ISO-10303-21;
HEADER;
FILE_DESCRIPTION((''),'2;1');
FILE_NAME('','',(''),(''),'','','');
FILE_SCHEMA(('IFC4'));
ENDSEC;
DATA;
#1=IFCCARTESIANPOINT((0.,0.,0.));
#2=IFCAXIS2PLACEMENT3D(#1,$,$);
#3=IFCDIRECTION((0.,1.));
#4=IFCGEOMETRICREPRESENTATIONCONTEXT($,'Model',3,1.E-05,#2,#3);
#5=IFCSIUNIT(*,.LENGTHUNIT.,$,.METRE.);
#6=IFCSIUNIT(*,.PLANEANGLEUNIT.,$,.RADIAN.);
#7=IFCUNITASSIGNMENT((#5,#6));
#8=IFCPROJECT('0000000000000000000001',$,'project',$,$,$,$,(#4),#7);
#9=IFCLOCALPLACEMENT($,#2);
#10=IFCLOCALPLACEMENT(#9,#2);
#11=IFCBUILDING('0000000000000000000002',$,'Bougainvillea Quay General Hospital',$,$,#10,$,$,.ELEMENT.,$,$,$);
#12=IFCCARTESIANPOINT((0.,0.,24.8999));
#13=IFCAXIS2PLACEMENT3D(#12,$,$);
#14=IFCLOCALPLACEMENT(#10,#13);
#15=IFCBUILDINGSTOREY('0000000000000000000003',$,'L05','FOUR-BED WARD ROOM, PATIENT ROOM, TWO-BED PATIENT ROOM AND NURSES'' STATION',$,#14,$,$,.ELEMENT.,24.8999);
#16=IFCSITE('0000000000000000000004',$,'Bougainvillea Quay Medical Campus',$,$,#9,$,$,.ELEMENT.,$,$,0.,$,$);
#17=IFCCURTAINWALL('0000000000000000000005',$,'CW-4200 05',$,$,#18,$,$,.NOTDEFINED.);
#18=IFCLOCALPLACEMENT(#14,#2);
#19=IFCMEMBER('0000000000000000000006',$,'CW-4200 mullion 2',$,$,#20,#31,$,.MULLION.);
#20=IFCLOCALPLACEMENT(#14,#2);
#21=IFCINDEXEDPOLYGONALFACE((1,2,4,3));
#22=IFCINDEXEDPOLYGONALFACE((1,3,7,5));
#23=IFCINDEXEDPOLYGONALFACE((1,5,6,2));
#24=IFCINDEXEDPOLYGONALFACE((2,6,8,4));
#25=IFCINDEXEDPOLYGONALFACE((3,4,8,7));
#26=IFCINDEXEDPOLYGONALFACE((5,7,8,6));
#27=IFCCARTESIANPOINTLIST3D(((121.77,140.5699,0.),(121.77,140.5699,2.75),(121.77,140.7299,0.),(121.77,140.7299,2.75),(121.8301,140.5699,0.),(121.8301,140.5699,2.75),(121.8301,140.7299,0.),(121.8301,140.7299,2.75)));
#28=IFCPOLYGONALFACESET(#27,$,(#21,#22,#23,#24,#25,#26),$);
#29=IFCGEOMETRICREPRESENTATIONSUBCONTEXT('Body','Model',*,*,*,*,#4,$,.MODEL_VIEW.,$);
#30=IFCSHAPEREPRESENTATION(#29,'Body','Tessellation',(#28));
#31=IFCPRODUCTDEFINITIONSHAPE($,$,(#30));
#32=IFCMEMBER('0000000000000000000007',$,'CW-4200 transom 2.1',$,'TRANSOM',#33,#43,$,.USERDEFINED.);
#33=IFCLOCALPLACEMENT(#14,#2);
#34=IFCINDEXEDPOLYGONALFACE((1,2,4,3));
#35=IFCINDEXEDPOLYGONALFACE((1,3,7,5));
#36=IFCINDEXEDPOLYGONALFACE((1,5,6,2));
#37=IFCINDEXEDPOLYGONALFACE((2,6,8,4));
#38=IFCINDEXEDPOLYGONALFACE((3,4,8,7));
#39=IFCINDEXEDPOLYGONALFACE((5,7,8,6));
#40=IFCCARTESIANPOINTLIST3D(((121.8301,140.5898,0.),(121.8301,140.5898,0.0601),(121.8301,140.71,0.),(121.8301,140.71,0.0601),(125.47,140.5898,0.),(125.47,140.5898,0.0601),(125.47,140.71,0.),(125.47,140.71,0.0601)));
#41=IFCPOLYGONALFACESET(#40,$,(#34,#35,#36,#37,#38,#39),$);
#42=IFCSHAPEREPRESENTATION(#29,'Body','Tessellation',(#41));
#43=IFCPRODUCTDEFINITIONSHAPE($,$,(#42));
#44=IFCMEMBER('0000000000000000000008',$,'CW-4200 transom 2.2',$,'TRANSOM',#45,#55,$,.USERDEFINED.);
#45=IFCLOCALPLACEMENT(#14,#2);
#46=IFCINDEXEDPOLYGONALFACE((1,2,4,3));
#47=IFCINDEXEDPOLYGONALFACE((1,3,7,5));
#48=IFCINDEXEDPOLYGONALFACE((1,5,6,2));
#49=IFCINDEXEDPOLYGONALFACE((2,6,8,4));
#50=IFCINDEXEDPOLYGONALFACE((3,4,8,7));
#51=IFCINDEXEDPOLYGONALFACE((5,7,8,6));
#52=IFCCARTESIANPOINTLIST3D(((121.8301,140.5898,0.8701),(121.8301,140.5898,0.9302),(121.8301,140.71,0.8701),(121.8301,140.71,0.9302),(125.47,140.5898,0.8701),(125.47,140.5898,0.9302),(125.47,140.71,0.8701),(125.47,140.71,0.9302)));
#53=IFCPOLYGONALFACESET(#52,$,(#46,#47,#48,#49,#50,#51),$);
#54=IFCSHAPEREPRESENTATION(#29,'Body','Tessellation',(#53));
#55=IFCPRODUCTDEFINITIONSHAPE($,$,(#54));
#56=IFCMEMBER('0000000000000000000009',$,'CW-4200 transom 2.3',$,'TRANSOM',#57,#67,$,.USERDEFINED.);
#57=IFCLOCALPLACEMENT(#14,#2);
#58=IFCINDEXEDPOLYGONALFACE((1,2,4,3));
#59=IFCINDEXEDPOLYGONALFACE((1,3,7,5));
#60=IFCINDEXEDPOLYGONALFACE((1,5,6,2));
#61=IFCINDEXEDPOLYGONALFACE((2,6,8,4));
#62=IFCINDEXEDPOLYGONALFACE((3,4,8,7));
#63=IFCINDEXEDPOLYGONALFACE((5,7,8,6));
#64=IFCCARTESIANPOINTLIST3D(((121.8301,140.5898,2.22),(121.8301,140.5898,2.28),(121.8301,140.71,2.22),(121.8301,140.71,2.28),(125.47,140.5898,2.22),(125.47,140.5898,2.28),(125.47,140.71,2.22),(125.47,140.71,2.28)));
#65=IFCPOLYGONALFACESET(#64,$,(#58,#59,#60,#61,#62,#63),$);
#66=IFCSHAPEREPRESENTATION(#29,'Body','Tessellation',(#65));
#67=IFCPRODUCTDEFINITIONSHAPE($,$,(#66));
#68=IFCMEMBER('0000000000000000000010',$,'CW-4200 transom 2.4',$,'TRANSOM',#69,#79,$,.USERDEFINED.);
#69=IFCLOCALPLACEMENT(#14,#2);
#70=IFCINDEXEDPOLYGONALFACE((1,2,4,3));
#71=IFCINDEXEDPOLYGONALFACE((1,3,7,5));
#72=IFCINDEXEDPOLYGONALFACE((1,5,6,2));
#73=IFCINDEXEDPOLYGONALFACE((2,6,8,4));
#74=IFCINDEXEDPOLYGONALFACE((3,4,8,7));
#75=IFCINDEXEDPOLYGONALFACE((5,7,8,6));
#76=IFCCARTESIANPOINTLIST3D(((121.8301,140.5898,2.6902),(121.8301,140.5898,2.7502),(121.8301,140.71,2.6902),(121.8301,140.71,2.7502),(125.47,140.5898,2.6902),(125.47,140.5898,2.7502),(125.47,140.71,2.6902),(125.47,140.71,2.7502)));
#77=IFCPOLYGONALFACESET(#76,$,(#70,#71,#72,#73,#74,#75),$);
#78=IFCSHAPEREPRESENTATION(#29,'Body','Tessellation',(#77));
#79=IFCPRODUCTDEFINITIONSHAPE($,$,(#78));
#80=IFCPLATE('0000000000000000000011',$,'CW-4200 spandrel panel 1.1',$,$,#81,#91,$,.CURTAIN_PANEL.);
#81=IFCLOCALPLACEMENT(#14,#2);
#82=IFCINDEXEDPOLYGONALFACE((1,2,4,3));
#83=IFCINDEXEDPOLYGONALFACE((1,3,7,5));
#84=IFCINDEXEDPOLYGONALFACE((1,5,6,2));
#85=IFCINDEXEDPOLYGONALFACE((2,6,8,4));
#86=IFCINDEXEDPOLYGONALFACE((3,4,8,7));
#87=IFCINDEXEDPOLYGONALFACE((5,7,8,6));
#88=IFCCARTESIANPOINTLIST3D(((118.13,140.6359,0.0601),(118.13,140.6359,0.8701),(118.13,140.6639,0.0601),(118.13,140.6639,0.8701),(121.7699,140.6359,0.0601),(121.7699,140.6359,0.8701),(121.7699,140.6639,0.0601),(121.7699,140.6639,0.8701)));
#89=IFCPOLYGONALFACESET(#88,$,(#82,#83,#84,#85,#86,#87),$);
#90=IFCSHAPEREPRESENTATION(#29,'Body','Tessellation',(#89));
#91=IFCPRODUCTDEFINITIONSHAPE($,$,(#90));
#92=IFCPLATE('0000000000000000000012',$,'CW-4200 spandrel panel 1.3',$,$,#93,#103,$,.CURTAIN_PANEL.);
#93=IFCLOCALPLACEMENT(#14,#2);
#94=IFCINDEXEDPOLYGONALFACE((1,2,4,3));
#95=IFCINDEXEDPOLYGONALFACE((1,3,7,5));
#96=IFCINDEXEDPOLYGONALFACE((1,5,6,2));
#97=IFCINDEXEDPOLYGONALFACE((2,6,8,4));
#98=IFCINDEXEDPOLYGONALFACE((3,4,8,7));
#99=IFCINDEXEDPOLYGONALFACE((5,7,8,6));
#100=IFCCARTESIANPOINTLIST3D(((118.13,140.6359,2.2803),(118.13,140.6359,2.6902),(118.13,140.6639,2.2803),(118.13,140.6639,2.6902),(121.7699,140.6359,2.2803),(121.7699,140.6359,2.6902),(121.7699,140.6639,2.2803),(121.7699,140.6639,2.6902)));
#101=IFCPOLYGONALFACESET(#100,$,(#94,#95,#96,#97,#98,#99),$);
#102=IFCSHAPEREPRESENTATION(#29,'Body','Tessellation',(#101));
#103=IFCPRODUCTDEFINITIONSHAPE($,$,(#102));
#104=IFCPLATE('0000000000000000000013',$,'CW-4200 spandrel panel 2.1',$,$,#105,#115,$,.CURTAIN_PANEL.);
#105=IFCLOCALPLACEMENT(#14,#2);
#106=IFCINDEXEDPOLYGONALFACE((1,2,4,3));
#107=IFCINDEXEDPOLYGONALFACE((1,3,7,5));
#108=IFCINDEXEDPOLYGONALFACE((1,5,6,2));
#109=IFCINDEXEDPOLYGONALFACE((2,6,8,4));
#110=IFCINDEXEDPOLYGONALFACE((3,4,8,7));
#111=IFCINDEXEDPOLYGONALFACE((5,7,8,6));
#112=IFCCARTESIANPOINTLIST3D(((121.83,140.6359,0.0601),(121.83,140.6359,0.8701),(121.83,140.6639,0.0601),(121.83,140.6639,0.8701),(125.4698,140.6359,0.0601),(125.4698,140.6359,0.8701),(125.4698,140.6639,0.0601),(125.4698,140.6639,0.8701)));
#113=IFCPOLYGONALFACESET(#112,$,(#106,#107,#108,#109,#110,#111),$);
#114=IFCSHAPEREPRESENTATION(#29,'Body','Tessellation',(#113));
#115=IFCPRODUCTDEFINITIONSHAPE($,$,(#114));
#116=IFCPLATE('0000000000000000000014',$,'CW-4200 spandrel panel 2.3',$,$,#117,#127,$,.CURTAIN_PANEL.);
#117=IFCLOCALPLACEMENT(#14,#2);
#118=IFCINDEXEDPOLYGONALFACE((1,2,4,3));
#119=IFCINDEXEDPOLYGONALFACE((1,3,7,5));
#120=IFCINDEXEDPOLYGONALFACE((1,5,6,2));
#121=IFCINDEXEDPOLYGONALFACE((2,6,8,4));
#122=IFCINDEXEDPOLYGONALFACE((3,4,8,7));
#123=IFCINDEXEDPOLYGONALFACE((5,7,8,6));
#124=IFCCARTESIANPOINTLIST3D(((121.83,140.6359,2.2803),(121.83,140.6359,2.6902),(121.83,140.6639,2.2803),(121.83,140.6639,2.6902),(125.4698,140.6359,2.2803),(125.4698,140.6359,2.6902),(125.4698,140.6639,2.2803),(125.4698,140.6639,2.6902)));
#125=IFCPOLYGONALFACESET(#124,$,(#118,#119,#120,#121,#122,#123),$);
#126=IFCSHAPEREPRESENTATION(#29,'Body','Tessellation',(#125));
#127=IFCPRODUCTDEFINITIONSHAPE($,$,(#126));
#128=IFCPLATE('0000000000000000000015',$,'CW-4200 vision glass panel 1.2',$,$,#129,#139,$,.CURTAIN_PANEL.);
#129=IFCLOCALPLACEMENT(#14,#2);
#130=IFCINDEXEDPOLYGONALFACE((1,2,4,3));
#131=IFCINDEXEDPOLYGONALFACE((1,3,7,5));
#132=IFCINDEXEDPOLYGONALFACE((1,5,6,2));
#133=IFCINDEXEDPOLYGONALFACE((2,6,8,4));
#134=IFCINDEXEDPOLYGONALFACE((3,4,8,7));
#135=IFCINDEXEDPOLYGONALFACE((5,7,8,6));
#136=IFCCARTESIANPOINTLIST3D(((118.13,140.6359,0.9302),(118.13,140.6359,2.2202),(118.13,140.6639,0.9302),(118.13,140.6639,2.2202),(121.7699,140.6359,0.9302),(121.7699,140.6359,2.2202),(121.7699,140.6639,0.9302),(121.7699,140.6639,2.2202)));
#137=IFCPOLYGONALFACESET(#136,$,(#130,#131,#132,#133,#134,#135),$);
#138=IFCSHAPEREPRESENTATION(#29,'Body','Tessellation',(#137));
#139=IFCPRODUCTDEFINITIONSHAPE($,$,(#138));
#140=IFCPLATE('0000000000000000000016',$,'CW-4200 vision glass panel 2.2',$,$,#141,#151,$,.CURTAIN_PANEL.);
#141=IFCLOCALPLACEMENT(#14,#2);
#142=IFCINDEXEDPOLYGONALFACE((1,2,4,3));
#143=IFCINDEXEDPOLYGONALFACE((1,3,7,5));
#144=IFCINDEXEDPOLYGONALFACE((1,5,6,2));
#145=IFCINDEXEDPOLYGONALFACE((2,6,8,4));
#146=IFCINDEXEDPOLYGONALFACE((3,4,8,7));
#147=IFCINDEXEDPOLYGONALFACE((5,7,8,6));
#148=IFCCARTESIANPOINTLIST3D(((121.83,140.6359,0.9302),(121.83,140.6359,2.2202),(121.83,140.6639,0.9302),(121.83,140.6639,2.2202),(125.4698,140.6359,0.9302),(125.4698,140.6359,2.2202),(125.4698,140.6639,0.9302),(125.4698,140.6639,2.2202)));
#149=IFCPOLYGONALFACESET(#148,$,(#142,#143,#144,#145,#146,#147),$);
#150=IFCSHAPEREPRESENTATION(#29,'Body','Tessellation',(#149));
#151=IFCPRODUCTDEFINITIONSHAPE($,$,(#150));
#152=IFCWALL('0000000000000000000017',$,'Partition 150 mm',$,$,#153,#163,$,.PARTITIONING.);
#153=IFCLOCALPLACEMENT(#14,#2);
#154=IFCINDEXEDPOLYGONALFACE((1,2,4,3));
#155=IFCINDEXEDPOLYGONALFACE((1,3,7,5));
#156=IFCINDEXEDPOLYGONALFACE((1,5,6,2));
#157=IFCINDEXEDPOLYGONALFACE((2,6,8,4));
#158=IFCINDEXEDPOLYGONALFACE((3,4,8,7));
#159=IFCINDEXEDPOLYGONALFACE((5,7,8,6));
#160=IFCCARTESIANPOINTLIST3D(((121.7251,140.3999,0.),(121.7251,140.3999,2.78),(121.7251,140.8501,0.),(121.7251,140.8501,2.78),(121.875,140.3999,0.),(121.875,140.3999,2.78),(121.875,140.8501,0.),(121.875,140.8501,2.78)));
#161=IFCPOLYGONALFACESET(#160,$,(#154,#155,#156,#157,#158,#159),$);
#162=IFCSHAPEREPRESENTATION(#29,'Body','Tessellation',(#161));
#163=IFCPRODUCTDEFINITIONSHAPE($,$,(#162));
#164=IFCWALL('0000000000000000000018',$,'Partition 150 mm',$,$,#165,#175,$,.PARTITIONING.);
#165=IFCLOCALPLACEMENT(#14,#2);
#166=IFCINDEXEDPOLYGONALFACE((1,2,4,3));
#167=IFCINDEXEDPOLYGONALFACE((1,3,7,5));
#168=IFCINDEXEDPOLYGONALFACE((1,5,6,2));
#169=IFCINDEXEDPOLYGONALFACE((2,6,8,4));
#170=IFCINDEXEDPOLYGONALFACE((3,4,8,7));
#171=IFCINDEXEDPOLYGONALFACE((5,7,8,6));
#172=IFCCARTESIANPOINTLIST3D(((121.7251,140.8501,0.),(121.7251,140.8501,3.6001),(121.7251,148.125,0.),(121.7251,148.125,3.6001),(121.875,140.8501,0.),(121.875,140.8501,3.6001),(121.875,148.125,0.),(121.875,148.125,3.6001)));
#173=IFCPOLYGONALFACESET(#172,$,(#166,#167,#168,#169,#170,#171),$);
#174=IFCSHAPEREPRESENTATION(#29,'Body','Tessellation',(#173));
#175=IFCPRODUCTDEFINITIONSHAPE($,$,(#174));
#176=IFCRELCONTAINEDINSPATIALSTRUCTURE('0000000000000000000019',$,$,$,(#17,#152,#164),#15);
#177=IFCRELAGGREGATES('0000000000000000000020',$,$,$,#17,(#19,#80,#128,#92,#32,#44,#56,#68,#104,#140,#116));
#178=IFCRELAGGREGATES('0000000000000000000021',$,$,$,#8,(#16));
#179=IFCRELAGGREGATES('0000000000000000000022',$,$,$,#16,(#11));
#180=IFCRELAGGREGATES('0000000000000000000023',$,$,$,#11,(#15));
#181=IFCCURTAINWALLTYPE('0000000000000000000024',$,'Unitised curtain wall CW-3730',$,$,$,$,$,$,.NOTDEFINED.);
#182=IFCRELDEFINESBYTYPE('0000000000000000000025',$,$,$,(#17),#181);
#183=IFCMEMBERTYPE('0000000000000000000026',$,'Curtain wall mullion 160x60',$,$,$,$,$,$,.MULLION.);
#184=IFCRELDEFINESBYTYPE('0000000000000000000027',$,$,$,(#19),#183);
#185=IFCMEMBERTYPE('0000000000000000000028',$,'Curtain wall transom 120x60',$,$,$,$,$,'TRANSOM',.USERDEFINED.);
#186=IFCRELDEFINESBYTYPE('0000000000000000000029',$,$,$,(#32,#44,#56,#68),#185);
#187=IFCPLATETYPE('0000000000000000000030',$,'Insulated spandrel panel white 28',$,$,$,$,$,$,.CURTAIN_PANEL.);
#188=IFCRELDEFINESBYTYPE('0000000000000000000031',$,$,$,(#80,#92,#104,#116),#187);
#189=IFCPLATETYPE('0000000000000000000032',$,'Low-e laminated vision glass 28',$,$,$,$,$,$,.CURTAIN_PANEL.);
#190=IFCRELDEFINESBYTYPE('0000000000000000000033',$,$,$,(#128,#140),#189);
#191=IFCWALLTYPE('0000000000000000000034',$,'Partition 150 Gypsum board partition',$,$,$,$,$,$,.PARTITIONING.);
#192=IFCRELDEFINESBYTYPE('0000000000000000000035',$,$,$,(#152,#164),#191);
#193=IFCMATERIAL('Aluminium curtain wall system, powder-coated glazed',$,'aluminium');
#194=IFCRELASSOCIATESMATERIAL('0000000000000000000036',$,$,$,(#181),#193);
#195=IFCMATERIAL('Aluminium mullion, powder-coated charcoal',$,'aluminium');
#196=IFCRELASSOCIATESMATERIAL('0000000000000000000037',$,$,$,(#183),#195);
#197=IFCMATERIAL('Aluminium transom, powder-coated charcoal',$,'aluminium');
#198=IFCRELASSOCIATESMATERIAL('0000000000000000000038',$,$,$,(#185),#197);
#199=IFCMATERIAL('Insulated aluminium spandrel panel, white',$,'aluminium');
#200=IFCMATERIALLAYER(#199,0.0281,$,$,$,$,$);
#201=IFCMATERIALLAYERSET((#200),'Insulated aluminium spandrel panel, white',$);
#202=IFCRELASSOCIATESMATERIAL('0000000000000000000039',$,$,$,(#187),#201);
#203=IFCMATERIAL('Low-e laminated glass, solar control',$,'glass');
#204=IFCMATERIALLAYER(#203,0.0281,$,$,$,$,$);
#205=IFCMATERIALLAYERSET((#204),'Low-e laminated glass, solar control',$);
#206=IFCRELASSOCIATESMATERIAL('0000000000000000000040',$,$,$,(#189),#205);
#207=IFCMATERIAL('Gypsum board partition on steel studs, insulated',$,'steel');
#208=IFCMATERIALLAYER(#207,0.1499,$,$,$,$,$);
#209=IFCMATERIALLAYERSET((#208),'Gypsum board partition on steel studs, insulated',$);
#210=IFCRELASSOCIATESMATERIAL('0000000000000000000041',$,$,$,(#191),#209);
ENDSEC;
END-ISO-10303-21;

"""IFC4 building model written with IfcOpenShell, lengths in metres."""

from ifc_helpers import new_model, si_unit, direction, frame, frame_2d, origin, origin_2d, place, context, subcontext, project, spatial, rectangle, extrude, material, layer, layer_set, material_profile, profile_set, type_object, element, aggregate, save


model = new_model("IFC4")

# Units and contexts
model_context = context("Model", 3, precision=1e-05, world=origin(), true_north=direction((0.0, 1.0)))
body_context = subcontext(model_context, "Body", "Model", "MODEL_VIEW")
ifc_project = project(units=[si_unit("LENGTHUNIT", "METRE"), si_unit("PLANEANGLEUNIT", "RADIAN")], contexts=[model_context])

# Site, building, storey
site_placement = place(None, origin())
site = spatial("IfcSite", under=ifc_project, at=site_placement, Name="Bougainvillea Quay Medical Campus", CompositionType="ELEMENT", RefElevation=0.0)
building_placement = place(site_placement, origin())
building = spatial("IfcBuilding", under=site, at=building_placement, Name="Bougainvillea Quay General Hospital", CompositionType="ELEMENT")
storey_placement = place(building_placement, frame((0.0, 0.0, 24.8999)))
storey = spatial("IfcBuildingStorey", under=building, at=storey_placement, Name="L05", Description="FOUR-BED WARD ROOM, PATIENT ROOM, TWO-BED PATIENT ROOM AND NURSES' STATION", CompositionType="ELEMENT", Elevation=24.8999)

# Curtain wall, members, plates
ifc_material_1 = material(Name="Aluminium curtain wall system, powder-coated glazed", Category="aluminium")
curtain_wall_type = type_object("IfcCurtainWallType", Name="Unitised curtain wall CW-3730", PredefinedType="NOTDEFINED", material=ifc_material_1)
curtain_wall_placement = place(storey_placement, origin())
curtain_wall = element("IfcCurtainWall", 1, at=curtain_wall_placement, inside=storey, type_object=curtain_wall_type, Name="CW-4200 05", PredefinedType="NOTDEFINED")
ifc_material_2 = material(Name="Aluminium mullion, powder-coated charcoal", Category="aluminium")
ifc_material_profile_1 = material_profile(ifc_material_2, rectangle(XDim=0.1599, YDim=0.0601, at=origin_2d()))
ifc_profile_set_1 = profile_set([ifc_material_profile_1], Name="Aluminium mullion, powder-coated charcoal")
member_type_1 = type_object("IfcMemberType", Name="Curtain wall mullion 160x60", PredefinedType="MULLION", material=ifc_profile_set_1)
member_1_placement = place(storey_placement, frame((121.8, 140.6499, 0.0), z_axis=(0.0, 0.0, 1.0), x_axis=(0.0, 1.0, 0.0)))
member_1 = element("IfcMember", 2, at=member_1_placement, type_object=member_type_1, Name="CW-4200 mullion 2", PredefinedType="MULLION", context=body_context, shape_type="SweptSolid", body=[
    extrude(rectangle(XDim=0.1599, YDim=0.0601, at=origin_2d()), origin(), (0.0, 0.0, 1.0), 2.75),
])
ifc_material_3 = material(Name="Aluminium transom, powder-coated charcoal", Category="aluminium")
ifc_material_profile_2 = material_profile(ifc_material_3, rectangle(XDim=0.1201, YDim=0.0601, at=origin_2d()))
ifc_profile_set_2 = profile_set([ifc_material_profile_2], Name="Aluminium transom, powder-coated charcoal")
member_type_2 = type_object("IfcMemberType", Name="Curtain wall transom 120x60", ElementType="TRANSOM", PredefinedType="USERDEFINED", material=ifc_profile_set_2)
member_2_placement = place(storey_placement, frame((121.8301, 140.6499, 0.03), z_axis=(1.0, 0.0, 0.0), x_axis=(0.0, 1.0, 0.0)))
member_2 = element("IfcMember", 3, at=member_2_placement, type_object=member_type_2, Name="CW-4200 transom 2.1", ObjectType="TRANSOM", PredefinedType="USERDEFINED", context=body_context, shape_type="SweptSolid", body=[
    extrude(rectangle(XDim=0.1201, YDim=0.0601, at=origin_2d()), origin(), (0.0, 0.0, 1.0), 3.6399),
])
member_3_placement = place(storey_placement, frame((121.8301, 140.6499, 0.9001), z_axis=(1.0, 0.0, 0.0), x_axis=(0.0, 1.0, 0.0)))
member_3 = element("IfcMember", 4, at=member_3_placement, type_object=member_type_2, Name="CW-4200 transom 2.2", ObjectType="TRANSOM", PredefinedType="USERDEFINED", context=body_context, shape_type="SweptSolid", body=[
    extrude(rectangle(XDim=0.1201, YDim=0.0601, at=origin_2d()), origin(), (0.0, 0.0, 1.0), 3.6399),
])
member_4_placement = place(storey_placement, frame((121.8301, 140.6499, 2.25), z_axis=(1.0, 0.0, 0.0), x_axis=(0.0, 1.0, 0.0)))
member_4 = element("IfcMember", 5, at=member_4_placement, type_object=member_type_2, Name="CW-4200 transom 2.3", ObjectType="TRANSOM", PredefinedType="USERDEFINED", context=body_context, shape_type="SweptSolid", body=[
    extrude(rectangle(XDim=0.1201, YDim=0.0601, at=origin_2d()), origin(), (0.0, 0.0, 1.0), 3.6399),
])
member_5_placement = place(storey_placement, frame((121.8301, 140.6499, 2.7202), z_axis=(1.0, 0.0, 0.0), x_axis=(0.0, 1.0, 0.0)))
member_5 = element("IfcMember", 6, at=member_5_placement, type_object=member_type_2, Name="CW-4200 transom 2.4", ObjectType="TRANSOM", PredefinedType="USERDEFINED", context=body_context, shape_type="SweptSolid", body=[
    extrude(rectangle(XDim=0.1201, YDim=0.0601, at=origin_2d()), origin(), (0.0, 0.0, 1.0), 3.6399),
])
ifc_material_4 = material(Name="Insulated aluminium spandrel panel, white", Category="aluminium")
ifc_layer_1 = layer(ifc_material_4, 0.0281)
ifc_layer_set_1 = layer_set([ifc_layer_1], Name="Insulated aluminium spandrel panel, white")
plate_type_1 = type_object("IfcPlateType", Name="Insulated spandrel panel white 28", PredefinedType="CURTAIN_PANEL", material=ifc_layer_set_1)
plate_1_placement = place(storey_placement, frame((119.95, 140.6499, 0.0601), z_axis=(0.0, 0.0, 1.0), x_axis=(1.0, 0.0, 0.0)))
plate_1 = element("IfcPlate", 7, at=plate_1_placement, type_object=plate_type_1, Name="CW-4200 spandrel panel 1.1", PredefinedType="CURTAIN_PANEL", context=body_context, shape_type="SweptSolid", body=[
    extrude(rectangle(XDim=3.6399, YDim=0.0281, at=origin_2d()), origin(), (0.0, 0.0, 1.0), 0.8101),
])
plate_2_placement = place(storey_placement, frame((119.95, 140.6499, 2.2803), z_axis=(0.0, 0.0, 1.0), x_axis=(1.0, 0.0, 0.0)))
plate_2 = element("IfcPlate", 8, at=plate_2_placement, type_object=plate_type_1, Name="CW-4200 spandrel panel 1.3", PredefinedType="CURTAIN_PANEL", context=body_context, shape_type="SweptSolid", body=[
    extrude(rectangle(XDim=3.6399, YDim=0.0281, at=origin_2d()), origin(), (0.0, 0.0, 1.0), 0.4099),
])
plate_3_placement = place(storey_placement, frame((123.6499, 140.6499, 0.0601), z_axis=(0.0, 0.0, 1.0), x_axis=(1.0, 0.0, 0.0)))
plate_3 = element("IfcPlate", 9, at=plate_3_placement, type_object=plate_type_1, Name="CW-4200 spandrel panel 2.1", PredefinedType="CURTAIN_PANEL", context=body_context, shape_type="SweptSolid", body=[
    extrude(rectangle(XDim=3.6399, YDim=0.0281, at=origin_2d()), origin(), (0.0, 0.0, 1.0), 0.8101),
])
plate_4_placement = place(storey_placement, frame((123.6499, 140.6499, 2.2803), z_axis=(0.0, 0.0, 1.0), x_axis=(1.0, 0.0, 0.0)))
plate_4 = element("IfcPlate", 10, at=plate_4_placement, type_object=plate_type_1, Name="CW-4200 spandrel panel 2.3", PredefinedType="CURTAIN_PANEL", context=body_context, shape_type="SweptSolid", body=[
    extrude(rectangle(XDim=3.6399, YDim=0.0281, at=origin_2d()), origin(), (0.0, 0.0, 1.0), 0.4099),
])
ifc_material_5 = material(Name="Low-e laminated glass, solar control", Category="glass")
ifc_layer_2 = layer(ifc_material_5, 0.0281)
ifc_layer_set_2 = layer_set([ifc_layer_2], Name="Low-e laminated glass, solar control")
plate_type_2 = type_object("IfcPlateType", Name="Low-e laminated vision glass 28", PredefinedType="CURTAIN_PANEL", material=ifc_layer_set_2)
plate_5_placement = place(storey_placement, frame((119.95, 140.6499, 0.9302), z_axis=(0.0, 0.0, 1.0), x_axis=(1.0, 0.0, 0.0)))
plate_5 = element("IfcPlate", 11, at=plate_5_placement, type_object=plate_type_2, Name="CW-4200 vision glass panel 1.2", PredefinedType="CURTAIN_PANEL", context=body_context, shape_type="SweptSolid", body=[
    extrude(rectangle(XDim=3.6399, YDim=0.0281, at=origin_2d()), origin(), (0.0, 0.0, 1.0), 1.29),
])
plate_6_placement = place(storey_placement, frame((123.6499, 140.6499, 0.9302), z_axis=(0.0, 0.0, 1.0), x_axis=(1.0, 0.0, 0.0)))
plate_6 = element("IfcPlate", 12, at=plate_6_placement, type_object=plate_type_2, Name="CW-4200 vision glass panel 2.2", PredefinedType="CURTAIN_PANEL", context=body_context, shape_type="SweptSolid", body=[
    extrude(rectangle(XDim=3.6399, YDim=0.0281, at=origin_2d()), origin(), (0.0, 0.0, 1.0), 1.29),
])
aggregate(curtain_wall, [member_1, plate_1, plate_5, plate_2, member_2, member_3, member_4, member_5, plate_3, plate_6, plate_4])

# Walls
ifc_material_6 = material(Name="Gypsum board partition on steel studs, insulated", Category="steel")
ifc_layer_3 = layer(ifc_material_6, 0.1499)
ifc_layer_set_3 = layer_set([ifc_layer_3], Name="Gypsum board partition on steel studs, insulated")
wall_type = type_object("IfcWallType", Name="Partition 150 Gypsum board partition", PredefinedType="PARTITIONING", material=ifc_layer_set_3)
wall_1_placement = place(storey_placement, frame((121.8, 140.3999, 0.0), z_axis=(0.0, 0.0, 1.0), x_axis=(0.0, 1.0, 0.0)))
element("IfcWall", 13, at=wall_1_placement, inside=storey, type_object=wall_type, Name="Partition 150 mm", PredefinedType="PARTITIONING", context=body_context, shape_type="SweptSolid", body=[
    extrude(rectangle(XDim=0.4502, YDim=0.1499, at=frame_2d((0.2251, 0.0))), origin(), (0.0, 0.0, 1.0), 2.78),
])
wall_2_placement = place(storey_placement, frame((121.8, 140.8501, 0.0), z_axis=(0.0, 0.0, 1.0), x_axis=(0.0, 1.0, 0.0)))
element("IfcWall", 14, at=wall_2_placement, inside=storey, type_object=wall_type, Name="Partition 150 mm", PredefinedType="PARTITIONING", context=body_context, shape_type="SweptSolid", body=[
    extrude(rectangle(XDim=7.2749, YDim=0.1499, at=frame_2d((3.6375, 0.0))), origin(), (0.0, 0.0, 1.0), 3.6001),
])

save(model, "model.ifc")
